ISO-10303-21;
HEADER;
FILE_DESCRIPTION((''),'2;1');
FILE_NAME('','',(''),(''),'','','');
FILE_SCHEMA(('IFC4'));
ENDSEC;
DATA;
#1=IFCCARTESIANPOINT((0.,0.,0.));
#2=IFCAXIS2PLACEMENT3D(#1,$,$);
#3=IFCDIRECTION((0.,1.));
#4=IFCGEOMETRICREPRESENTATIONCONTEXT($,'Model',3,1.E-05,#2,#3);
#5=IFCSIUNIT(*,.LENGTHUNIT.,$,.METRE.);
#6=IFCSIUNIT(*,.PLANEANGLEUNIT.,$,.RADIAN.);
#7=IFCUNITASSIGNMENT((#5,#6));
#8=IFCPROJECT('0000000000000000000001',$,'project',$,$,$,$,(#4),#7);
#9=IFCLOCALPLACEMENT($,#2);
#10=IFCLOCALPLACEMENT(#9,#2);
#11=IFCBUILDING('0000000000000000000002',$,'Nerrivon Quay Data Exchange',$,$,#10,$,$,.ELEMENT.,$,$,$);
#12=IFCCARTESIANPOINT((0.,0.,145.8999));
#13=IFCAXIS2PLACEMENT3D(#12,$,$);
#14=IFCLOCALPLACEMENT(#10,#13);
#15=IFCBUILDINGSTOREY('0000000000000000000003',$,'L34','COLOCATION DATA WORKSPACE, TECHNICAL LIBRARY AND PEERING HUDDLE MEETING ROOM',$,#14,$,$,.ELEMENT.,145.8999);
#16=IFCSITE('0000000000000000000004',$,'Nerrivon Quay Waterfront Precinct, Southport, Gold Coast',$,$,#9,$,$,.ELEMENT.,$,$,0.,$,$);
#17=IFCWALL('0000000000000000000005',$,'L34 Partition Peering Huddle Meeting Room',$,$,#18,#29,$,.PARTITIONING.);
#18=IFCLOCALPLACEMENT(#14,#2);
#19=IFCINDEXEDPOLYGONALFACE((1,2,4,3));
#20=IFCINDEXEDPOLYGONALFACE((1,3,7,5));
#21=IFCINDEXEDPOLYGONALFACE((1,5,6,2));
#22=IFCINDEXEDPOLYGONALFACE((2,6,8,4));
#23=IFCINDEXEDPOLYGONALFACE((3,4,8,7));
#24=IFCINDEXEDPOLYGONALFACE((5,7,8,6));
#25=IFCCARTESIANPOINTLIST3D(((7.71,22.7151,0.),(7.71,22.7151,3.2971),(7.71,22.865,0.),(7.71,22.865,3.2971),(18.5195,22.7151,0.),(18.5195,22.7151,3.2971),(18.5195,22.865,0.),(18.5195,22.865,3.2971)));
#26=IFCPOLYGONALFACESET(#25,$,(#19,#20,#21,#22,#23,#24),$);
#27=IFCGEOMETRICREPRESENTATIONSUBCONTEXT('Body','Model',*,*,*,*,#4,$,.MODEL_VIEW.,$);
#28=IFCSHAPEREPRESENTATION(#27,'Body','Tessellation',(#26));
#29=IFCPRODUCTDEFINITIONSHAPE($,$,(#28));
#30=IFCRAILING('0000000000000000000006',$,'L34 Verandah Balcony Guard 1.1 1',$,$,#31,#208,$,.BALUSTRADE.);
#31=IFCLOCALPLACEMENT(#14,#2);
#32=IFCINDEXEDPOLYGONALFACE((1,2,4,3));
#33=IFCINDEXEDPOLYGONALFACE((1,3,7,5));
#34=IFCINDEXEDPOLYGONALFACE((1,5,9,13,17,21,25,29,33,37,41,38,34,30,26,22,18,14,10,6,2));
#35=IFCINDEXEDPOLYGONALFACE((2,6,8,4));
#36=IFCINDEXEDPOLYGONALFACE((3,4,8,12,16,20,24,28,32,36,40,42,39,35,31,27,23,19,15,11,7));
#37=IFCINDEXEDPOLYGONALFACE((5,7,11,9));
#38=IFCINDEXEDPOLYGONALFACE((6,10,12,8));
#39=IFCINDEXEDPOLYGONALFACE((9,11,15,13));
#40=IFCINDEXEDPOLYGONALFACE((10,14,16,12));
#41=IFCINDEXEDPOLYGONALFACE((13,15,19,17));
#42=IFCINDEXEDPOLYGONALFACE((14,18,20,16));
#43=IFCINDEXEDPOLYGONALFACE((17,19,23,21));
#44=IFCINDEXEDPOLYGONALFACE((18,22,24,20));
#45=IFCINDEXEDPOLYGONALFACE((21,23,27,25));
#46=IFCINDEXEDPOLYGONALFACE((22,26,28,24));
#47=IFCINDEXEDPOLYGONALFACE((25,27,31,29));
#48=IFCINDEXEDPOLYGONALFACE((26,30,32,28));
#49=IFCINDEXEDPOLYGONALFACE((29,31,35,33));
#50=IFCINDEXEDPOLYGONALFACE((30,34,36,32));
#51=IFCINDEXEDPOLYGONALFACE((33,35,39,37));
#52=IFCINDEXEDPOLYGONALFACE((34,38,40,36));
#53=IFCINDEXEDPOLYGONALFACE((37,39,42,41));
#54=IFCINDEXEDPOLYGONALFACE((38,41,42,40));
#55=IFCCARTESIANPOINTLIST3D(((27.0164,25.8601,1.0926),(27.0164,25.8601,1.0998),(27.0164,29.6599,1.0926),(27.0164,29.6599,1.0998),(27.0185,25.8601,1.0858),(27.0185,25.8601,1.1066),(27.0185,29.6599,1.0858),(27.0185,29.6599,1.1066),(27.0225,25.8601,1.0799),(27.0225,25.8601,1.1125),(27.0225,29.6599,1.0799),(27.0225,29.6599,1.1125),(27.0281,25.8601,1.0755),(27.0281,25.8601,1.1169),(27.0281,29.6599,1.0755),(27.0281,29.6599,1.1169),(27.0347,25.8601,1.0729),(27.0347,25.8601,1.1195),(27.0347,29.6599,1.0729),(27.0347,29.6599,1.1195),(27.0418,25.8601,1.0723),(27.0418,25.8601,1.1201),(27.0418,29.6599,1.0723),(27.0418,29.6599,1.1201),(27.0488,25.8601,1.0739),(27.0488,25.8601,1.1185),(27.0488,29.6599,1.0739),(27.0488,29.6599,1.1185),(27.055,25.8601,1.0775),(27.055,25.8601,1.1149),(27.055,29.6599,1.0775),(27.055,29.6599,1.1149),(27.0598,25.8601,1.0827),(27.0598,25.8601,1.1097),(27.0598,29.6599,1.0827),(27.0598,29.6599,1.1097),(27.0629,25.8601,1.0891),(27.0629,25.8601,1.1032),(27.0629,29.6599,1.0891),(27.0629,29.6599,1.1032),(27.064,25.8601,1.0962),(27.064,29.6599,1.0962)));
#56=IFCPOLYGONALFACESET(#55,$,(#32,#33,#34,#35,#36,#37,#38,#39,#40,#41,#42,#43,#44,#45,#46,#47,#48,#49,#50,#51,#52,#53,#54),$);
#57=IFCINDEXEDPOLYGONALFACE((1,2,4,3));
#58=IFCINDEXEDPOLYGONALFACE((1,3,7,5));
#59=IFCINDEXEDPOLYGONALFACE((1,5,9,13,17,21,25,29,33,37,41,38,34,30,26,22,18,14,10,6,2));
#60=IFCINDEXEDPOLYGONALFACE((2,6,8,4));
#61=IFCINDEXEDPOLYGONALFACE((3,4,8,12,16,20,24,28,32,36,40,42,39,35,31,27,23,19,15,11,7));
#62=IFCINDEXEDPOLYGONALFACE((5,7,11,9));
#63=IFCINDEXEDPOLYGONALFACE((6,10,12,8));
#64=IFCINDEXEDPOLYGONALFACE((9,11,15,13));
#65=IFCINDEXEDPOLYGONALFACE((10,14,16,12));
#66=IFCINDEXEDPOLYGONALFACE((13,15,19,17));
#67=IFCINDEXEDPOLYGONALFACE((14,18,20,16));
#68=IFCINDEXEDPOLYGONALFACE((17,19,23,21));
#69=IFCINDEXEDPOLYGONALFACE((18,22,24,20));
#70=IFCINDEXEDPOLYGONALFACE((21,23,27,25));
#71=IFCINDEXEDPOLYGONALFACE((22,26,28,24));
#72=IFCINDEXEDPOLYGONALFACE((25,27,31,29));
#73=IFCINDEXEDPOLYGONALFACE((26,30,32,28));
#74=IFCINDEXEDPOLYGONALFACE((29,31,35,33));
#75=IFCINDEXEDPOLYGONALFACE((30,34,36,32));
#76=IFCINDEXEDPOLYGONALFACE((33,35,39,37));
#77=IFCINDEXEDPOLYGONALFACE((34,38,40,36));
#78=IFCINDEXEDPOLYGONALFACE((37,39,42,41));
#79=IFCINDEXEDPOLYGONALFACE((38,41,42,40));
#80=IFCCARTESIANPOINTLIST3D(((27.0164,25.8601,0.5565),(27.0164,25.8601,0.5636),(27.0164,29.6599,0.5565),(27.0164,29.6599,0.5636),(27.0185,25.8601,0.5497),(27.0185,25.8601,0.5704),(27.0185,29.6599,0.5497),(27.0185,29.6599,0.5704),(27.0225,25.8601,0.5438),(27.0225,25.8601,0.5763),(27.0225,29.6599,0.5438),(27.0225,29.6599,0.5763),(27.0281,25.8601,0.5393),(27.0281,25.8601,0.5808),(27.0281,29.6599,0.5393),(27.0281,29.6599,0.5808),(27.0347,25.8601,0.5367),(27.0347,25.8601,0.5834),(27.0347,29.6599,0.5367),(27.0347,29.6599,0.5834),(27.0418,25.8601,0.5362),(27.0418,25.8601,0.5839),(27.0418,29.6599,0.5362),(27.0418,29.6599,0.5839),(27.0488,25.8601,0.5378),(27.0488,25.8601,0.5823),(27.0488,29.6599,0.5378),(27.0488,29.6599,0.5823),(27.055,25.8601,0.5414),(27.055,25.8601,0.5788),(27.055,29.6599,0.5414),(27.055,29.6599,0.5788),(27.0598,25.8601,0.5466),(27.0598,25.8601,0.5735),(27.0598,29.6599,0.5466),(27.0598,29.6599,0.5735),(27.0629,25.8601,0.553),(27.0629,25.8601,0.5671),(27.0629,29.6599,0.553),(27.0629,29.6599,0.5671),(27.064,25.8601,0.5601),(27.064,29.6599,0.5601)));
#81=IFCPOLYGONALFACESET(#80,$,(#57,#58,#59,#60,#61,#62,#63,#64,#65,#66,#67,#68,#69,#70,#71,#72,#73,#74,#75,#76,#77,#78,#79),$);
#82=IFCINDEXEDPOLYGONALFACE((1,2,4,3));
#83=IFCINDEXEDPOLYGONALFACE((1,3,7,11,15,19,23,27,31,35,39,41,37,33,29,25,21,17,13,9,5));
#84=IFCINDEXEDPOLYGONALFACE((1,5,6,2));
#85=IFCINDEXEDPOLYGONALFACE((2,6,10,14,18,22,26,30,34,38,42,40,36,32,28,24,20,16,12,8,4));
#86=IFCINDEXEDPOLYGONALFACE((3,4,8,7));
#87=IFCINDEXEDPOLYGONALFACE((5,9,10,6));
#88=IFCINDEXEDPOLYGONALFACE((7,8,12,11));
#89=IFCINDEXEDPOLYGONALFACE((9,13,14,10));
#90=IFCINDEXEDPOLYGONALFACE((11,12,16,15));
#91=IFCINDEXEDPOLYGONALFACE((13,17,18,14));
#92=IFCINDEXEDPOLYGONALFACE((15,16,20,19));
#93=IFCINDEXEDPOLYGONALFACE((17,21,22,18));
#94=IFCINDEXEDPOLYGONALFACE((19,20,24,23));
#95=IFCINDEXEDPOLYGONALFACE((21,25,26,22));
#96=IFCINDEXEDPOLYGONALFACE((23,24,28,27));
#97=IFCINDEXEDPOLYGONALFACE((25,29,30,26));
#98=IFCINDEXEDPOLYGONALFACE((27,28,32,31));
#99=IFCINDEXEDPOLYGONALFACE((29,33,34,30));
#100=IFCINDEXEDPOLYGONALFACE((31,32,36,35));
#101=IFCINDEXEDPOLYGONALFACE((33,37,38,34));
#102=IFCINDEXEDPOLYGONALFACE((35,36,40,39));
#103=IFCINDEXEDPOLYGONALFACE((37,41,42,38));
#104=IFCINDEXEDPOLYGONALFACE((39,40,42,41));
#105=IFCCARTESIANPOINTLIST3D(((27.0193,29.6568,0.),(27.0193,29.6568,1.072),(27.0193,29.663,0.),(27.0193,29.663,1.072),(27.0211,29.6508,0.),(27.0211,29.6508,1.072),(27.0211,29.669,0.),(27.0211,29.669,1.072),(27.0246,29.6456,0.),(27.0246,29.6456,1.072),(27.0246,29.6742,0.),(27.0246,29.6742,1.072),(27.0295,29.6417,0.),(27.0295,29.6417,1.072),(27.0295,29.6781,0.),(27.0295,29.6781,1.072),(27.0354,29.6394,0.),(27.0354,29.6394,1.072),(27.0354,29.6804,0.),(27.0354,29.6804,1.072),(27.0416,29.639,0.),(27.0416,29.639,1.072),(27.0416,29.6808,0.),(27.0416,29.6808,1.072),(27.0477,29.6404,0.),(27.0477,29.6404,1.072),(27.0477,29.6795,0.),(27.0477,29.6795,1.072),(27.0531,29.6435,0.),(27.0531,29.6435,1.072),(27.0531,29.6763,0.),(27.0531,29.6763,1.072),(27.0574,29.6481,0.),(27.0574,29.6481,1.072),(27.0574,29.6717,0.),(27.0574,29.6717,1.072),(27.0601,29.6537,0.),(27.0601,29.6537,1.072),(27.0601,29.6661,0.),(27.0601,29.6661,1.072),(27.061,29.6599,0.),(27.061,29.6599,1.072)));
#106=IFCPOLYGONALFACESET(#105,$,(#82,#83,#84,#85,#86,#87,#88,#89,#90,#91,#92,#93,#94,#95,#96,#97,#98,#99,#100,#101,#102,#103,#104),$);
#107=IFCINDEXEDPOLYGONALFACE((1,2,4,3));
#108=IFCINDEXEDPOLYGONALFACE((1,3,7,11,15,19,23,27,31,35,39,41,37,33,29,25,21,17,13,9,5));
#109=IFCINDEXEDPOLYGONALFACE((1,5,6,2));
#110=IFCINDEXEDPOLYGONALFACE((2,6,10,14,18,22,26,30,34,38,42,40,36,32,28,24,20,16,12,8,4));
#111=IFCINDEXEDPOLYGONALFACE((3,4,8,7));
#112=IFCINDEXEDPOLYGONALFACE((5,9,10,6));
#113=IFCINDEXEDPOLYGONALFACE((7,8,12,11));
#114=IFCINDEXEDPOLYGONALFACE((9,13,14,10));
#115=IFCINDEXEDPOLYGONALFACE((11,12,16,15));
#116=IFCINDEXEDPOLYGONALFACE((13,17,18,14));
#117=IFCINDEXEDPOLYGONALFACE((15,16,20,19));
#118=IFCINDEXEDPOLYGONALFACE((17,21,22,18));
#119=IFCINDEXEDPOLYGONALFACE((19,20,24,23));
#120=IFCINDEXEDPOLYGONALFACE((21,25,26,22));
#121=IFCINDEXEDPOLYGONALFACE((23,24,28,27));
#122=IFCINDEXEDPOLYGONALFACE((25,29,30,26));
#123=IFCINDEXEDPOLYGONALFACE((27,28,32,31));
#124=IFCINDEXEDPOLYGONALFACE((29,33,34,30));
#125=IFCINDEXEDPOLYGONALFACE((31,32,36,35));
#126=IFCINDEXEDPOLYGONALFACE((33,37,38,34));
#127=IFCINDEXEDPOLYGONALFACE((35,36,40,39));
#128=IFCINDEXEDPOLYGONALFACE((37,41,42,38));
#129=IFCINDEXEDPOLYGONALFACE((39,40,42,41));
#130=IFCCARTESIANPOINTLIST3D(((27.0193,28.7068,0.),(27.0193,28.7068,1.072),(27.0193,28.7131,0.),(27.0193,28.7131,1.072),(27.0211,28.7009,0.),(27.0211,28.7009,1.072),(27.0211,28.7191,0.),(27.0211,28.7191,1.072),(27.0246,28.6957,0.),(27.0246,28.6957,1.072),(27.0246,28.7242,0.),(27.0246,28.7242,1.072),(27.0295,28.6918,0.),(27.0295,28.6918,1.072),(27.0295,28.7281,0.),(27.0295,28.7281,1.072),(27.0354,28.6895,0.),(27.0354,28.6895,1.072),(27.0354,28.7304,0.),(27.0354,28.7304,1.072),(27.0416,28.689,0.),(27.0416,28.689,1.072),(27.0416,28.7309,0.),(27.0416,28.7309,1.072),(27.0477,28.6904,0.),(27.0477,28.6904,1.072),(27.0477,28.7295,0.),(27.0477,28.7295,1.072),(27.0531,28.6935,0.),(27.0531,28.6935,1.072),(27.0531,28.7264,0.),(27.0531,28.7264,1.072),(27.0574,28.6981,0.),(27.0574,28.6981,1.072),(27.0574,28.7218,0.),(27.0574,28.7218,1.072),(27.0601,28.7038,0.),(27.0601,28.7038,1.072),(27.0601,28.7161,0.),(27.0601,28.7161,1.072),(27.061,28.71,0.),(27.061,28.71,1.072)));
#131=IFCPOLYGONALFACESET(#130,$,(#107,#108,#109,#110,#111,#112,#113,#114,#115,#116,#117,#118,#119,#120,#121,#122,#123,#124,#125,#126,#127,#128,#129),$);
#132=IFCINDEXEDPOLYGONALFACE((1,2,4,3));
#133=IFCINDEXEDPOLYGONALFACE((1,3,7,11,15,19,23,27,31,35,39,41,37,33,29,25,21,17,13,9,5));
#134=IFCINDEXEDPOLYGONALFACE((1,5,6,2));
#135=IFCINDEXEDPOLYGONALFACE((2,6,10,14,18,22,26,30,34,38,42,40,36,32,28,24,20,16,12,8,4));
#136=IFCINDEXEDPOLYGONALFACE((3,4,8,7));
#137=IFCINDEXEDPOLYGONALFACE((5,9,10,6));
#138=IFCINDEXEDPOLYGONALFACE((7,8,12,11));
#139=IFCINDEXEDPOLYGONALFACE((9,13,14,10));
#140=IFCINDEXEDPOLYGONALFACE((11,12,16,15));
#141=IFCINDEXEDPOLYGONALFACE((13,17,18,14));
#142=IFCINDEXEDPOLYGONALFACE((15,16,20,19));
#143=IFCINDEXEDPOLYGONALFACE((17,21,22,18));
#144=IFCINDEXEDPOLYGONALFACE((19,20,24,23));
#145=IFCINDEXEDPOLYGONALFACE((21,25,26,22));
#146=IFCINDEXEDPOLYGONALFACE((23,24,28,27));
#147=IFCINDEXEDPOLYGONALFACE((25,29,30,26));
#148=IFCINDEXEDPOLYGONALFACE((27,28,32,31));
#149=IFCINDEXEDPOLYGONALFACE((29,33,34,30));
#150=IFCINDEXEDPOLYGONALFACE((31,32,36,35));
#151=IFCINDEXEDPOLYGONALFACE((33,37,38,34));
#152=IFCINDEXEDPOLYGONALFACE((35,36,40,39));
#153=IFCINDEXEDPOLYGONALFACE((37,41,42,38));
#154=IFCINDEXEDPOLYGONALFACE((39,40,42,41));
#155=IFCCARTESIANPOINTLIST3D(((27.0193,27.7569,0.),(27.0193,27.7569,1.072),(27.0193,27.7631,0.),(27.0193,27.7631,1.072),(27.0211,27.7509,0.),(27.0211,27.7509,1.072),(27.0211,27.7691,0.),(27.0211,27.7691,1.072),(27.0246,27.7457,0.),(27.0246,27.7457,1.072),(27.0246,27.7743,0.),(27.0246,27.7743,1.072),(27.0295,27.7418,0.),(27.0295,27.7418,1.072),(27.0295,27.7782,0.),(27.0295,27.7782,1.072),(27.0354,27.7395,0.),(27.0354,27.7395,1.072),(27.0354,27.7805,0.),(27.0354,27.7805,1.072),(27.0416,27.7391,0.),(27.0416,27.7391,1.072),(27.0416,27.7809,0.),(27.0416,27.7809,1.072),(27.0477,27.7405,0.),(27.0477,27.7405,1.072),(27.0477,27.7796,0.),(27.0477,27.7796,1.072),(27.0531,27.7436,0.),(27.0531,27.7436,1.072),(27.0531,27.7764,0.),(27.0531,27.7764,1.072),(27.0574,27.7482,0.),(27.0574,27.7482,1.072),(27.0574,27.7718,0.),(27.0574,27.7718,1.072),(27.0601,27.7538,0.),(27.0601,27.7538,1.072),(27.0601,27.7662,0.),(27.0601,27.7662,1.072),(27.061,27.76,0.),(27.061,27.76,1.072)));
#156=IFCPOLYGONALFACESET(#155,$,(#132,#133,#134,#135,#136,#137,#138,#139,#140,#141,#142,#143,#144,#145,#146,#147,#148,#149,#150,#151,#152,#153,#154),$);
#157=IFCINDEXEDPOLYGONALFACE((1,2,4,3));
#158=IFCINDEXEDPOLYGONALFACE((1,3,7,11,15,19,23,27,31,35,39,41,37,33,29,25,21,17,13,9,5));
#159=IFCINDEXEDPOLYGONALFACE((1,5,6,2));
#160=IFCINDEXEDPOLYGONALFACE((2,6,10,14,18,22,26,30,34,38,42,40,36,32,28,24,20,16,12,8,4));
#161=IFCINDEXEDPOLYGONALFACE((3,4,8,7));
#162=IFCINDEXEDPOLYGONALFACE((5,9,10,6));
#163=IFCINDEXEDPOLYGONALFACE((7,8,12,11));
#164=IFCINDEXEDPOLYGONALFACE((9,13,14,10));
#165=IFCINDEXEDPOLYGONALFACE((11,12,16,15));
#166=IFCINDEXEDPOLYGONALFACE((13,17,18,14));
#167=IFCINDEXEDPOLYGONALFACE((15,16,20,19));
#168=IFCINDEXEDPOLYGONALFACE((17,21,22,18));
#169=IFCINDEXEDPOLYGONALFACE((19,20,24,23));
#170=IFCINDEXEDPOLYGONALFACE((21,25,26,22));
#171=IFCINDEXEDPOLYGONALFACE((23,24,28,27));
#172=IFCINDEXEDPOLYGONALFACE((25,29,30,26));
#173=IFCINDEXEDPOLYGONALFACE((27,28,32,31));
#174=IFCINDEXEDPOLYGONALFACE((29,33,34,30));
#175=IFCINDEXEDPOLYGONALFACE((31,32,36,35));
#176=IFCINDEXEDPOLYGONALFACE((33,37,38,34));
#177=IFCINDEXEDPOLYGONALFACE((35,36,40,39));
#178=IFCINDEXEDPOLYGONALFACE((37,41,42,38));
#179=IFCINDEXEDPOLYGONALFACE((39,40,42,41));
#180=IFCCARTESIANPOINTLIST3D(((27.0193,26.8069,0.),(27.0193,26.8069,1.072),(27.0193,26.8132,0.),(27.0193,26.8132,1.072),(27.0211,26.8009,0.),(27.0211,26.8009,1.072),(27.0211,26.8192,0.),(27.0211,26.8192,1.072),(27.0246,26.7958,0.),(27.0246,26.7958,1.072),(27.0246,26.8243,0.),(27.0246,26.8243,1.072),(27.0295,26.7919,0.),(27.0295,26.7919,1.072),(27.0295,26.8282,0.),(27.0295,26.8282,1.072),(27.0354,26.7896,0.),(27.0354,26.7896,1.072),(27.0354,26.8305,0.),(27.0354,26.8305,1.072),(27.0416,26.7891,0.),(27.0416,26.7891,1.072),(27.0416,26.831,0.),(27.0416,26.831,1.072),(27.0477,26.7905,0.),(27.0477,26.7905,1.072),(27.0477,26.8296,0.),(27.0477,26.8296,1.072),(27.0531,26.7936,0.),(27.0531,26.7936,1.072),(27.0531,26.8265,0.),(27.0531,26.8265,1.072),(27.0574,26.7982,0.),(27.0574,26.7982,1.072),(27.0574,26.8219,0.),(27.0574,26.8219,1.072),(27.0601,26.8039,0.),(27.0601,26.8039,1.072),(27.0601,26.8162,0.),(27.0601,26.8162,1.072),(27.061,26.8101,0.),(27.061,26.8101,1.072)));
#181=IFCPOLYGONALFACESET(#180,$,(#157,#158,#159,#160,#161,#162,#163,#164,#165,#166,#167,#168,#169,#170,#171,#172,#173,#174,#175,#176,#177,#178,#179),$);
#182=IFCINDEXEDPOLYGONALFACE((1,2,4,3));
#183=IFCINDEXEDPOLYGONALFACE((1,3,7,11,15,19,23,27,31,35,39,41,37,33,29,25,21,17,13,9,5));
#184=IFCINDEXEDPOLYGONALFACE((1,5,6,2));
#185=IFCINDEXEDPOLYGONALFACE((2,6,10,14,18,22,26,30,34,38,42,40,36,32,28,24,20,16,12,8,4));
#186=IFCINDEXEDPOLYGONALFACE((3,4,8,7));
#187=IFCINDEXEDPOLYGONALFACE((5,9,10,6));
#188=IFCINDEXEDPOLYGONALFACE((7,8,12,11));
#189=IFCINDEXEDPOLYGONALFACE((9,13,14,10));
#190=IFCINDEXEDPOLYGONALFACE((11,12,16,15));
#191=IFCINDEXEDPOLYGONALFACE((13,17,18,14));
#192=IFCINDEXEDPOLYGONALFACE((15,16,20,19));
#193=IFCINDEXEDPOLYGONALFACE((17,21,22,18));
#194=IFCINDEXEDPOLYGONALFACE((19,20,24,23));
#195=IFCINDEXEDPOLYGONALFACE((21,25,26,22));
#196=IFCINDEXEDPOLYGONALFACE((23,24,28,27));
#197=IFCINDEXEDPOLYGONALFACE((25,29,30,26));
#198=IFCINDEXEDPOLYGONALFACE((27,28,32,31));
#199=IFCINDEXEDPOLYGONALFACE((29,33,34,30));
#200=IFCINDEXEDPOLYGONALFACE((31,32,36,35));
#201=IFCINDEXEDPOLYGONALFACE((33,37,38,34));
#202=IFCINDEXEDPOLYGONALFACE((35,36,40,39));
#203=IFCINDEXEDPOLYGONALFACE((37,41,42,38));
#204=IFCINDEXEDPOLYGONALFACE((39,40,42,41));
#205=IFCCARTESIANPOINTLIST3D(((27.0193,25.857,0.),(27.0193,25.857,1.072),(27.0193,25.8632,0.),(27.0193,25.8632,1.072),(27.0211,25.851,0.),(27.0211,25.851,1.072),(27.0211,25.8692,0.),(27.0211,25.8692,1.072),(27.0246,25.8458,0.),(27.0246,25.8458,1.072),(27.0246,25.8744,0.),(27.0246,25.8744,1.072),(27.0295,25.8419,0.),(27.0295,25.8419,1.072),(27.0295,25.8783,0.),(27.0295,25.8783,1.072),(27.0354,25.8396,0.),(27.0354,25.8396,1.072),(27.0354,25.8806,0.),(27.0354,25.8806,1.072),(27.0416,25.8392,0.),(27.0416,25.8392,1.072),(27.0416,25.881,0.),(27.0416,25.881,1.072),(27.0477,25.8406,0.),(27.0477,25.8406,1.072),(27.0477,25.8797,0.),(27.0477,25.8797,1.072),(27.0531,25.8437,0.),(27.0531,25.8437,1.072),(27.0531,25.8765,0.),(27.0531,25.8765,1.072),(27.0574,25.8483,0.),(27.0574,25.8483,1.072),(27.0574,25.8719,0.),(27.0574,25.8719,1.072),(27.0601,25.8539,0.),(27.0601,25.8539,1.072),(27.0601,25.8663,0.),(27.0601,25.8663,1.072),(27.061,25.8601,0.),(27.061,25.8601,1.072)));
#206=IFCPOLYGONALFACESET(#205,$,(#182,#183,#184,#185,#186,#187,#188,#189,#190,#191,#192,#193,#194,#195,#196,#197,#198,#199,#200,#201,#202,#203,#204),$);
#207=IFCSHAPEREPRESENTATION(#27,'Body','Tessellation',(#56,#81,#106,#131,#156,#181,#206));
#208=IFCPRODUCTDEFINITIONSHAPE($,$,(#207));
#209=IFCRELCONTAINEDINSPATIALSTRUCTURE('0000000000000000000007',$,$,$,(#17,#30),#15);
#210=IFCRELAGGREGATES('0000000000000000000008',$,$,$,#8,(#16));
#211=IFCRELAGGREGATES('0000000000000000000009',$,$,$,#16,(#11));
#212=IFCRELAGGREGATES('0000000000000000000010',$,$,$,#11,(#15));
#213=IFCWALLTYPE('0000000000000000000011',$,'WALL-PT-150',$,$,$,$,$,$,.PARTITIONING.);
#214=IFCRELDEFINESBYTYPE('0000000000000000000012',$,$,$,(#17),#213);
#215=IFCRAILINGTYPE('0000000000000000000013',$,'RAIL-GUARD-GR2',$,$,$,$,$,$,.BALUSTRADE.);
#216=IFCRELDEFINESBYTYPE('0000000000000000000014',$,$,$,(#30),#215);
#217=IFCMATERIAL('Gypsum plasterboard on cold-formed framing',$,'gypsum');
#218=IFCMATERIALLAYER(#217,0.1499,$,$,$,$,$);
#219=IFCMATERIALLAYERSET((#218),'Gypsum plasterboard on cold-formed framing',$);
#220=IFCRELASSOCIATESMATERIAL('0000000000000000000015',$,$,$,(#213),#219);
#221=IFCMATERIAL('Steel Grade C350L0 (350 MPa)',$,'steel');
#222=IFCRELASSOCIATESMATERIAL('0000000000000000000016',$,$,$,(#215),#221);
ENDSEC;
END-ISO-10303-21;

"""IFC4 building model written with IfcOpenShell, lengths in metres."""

from ifc_helpers import new_model, si_unit, direction, frame, frame_2d, origin, origin_2d, place, context, subcontext, project, spatial, rectangle, circle, extrude, material, layer, layer_set, type_object, element, save


model = new_model("IFC4")

# Units and contexts
model_context = context("Model", 3, precision=1e-05, world=origin(), true_north=direction((0.0, 1.0)))
body_context = subcontext(model_context, "Body", "Model", "MODEL_VIEW")
ifc_project = project(units=[si_unit("LENGTHUNIT", "METRE"), si_unit("PLANEANGLEUNIT", "RADIAN")], contexts=[model_context])

# Site, building, storey
site_placement = place(None, origin())
site = spatial("IfcSite", under=ifc_project, at=site_placement, Name="Nerrivon Quay Waterfront Precinct, Southport, Gold Coast", CompositionType="ELEMENT", RefElevation=0.0)
building_placement = place(site_placement, origin())
building = spatial("IfcBuilding", under=site, at=building_placement, Name="Nerrivon Quay Data Exchange", CompositionType="ELEMENT")
storey_placement = place(building_placement, frame((0.0, 0.0, 145.8999)))
storey = spatial("IfcBuildingStorey", under=building, at=storey_placement, Name="L34", Description="COLOCATION DATA WORKSPACE, TECHNICAL LIBRARY AND PEERING HUDDLE MEETING ROOM", CompositionType="ELEMENT", Elevation=145.8999)

# Shared definitions
ifc_material_1 = material(Name="Gypsum plasterboard on cold-formed framing", Category="gypsum")
ifc_layer_1 = layer(ifc_material_1, 0.1499)
ifc_layer_set_1 = layer_set([ifc_layer_1], Name="Gypsum plasterboard on cold-formed framing")
wall_type_1 = type_object("IfcWallType", Name="WALL-PT-150", PredefinedType="PARTITIONING", material=ifc_layer_set_1)

# Wall
wall_1_placement = place(storey_placement, frame((18.5195, 22.79, 0.0), z_axis=(0.0, 0.0, 1.0), x_axis=(-1.0, 0.0, 0.0)))
element("IfcWall", 1, at=wall_1_placement, inside=storey, type_object=wall_type_1, Name="L34 Partition Peering Huddle Meeting Room", PredefinedType="PARTITIONING", context=body_context, shape_type="SweptSolid", body=[
    extrude(rectangle(XDim=10.8096, YDim=0.1499, at=frame_2d((5.4048, 0.0))), origin(), (0.0, 0.0, 1.0), 3.2971),
])

# Railing
ifc_material_2 = material(Name="Steel Grade C350L0 (350 MPa)", Category="steel")
railing_type = type_object("IfcRailingType", Name="RAIL-GUARD-GR2", PredefinedType="BALUSTRADE", material=ifc_material_2)
railing_1_placement = place(storey_placement, frame((27.04, 29.6599, 0.0)))
element("IfcRailing", 2, at=railing_1_placement, inside=storey, type_object=railing_type, Name="L34 Verandah Balcony Guard 1.1 1", PredefinedType="BALUSTRADE", context=body_context, shape_type="SweptSolid", body=[
    extrude(circle(Radius=0.0239, at=origin_2d()), frame((0.0, 0.0, 1.0962), z_axis=(0.0, -1.0, 0.0), x_axis=(1.0, 0.0, 0.0)), (0.0, 0.0, 1.0), 3.7998),
    extrude(circle(Radius=0.0239, at=origin_2d()), frame((0.0, 0.0, 0.5601), z_axis=(0.0, -1.0, 0.0), x_axis=(1.0, 0.0, 0.0)), (0.0, 0.0, 1.0), 3.7998),
    extrude(circle(Radius=0.021, at=origin_2d()), origin(), (0.0, 0.0, 1.0), 1.072),
    extrude(circle(Radius=0.021, at=origin_2d()), frame((0.0, -0.95, 0.0)), (0.0, 0.0, 1.0), 1.072),
    extrude(circle(Radius=0.021, at=origin_2d()), frame((0.0, -1.8999, 0.0)), (0.0, 0.0, 1.0), 1.072),
    extrude(circle(Radius=0.021, at=origin_2d()), frame((0.0, -2.8499, 0.0)), (0.0, 0.0, 1.0), 1.072),
    extrude(circle(Radius=0.021, at=origin_2d()), frame((0.0, -3.7998, 0.0)), (0.0, 0.0, 1.0), 1.072),
])

save(model, "model.ifc")
